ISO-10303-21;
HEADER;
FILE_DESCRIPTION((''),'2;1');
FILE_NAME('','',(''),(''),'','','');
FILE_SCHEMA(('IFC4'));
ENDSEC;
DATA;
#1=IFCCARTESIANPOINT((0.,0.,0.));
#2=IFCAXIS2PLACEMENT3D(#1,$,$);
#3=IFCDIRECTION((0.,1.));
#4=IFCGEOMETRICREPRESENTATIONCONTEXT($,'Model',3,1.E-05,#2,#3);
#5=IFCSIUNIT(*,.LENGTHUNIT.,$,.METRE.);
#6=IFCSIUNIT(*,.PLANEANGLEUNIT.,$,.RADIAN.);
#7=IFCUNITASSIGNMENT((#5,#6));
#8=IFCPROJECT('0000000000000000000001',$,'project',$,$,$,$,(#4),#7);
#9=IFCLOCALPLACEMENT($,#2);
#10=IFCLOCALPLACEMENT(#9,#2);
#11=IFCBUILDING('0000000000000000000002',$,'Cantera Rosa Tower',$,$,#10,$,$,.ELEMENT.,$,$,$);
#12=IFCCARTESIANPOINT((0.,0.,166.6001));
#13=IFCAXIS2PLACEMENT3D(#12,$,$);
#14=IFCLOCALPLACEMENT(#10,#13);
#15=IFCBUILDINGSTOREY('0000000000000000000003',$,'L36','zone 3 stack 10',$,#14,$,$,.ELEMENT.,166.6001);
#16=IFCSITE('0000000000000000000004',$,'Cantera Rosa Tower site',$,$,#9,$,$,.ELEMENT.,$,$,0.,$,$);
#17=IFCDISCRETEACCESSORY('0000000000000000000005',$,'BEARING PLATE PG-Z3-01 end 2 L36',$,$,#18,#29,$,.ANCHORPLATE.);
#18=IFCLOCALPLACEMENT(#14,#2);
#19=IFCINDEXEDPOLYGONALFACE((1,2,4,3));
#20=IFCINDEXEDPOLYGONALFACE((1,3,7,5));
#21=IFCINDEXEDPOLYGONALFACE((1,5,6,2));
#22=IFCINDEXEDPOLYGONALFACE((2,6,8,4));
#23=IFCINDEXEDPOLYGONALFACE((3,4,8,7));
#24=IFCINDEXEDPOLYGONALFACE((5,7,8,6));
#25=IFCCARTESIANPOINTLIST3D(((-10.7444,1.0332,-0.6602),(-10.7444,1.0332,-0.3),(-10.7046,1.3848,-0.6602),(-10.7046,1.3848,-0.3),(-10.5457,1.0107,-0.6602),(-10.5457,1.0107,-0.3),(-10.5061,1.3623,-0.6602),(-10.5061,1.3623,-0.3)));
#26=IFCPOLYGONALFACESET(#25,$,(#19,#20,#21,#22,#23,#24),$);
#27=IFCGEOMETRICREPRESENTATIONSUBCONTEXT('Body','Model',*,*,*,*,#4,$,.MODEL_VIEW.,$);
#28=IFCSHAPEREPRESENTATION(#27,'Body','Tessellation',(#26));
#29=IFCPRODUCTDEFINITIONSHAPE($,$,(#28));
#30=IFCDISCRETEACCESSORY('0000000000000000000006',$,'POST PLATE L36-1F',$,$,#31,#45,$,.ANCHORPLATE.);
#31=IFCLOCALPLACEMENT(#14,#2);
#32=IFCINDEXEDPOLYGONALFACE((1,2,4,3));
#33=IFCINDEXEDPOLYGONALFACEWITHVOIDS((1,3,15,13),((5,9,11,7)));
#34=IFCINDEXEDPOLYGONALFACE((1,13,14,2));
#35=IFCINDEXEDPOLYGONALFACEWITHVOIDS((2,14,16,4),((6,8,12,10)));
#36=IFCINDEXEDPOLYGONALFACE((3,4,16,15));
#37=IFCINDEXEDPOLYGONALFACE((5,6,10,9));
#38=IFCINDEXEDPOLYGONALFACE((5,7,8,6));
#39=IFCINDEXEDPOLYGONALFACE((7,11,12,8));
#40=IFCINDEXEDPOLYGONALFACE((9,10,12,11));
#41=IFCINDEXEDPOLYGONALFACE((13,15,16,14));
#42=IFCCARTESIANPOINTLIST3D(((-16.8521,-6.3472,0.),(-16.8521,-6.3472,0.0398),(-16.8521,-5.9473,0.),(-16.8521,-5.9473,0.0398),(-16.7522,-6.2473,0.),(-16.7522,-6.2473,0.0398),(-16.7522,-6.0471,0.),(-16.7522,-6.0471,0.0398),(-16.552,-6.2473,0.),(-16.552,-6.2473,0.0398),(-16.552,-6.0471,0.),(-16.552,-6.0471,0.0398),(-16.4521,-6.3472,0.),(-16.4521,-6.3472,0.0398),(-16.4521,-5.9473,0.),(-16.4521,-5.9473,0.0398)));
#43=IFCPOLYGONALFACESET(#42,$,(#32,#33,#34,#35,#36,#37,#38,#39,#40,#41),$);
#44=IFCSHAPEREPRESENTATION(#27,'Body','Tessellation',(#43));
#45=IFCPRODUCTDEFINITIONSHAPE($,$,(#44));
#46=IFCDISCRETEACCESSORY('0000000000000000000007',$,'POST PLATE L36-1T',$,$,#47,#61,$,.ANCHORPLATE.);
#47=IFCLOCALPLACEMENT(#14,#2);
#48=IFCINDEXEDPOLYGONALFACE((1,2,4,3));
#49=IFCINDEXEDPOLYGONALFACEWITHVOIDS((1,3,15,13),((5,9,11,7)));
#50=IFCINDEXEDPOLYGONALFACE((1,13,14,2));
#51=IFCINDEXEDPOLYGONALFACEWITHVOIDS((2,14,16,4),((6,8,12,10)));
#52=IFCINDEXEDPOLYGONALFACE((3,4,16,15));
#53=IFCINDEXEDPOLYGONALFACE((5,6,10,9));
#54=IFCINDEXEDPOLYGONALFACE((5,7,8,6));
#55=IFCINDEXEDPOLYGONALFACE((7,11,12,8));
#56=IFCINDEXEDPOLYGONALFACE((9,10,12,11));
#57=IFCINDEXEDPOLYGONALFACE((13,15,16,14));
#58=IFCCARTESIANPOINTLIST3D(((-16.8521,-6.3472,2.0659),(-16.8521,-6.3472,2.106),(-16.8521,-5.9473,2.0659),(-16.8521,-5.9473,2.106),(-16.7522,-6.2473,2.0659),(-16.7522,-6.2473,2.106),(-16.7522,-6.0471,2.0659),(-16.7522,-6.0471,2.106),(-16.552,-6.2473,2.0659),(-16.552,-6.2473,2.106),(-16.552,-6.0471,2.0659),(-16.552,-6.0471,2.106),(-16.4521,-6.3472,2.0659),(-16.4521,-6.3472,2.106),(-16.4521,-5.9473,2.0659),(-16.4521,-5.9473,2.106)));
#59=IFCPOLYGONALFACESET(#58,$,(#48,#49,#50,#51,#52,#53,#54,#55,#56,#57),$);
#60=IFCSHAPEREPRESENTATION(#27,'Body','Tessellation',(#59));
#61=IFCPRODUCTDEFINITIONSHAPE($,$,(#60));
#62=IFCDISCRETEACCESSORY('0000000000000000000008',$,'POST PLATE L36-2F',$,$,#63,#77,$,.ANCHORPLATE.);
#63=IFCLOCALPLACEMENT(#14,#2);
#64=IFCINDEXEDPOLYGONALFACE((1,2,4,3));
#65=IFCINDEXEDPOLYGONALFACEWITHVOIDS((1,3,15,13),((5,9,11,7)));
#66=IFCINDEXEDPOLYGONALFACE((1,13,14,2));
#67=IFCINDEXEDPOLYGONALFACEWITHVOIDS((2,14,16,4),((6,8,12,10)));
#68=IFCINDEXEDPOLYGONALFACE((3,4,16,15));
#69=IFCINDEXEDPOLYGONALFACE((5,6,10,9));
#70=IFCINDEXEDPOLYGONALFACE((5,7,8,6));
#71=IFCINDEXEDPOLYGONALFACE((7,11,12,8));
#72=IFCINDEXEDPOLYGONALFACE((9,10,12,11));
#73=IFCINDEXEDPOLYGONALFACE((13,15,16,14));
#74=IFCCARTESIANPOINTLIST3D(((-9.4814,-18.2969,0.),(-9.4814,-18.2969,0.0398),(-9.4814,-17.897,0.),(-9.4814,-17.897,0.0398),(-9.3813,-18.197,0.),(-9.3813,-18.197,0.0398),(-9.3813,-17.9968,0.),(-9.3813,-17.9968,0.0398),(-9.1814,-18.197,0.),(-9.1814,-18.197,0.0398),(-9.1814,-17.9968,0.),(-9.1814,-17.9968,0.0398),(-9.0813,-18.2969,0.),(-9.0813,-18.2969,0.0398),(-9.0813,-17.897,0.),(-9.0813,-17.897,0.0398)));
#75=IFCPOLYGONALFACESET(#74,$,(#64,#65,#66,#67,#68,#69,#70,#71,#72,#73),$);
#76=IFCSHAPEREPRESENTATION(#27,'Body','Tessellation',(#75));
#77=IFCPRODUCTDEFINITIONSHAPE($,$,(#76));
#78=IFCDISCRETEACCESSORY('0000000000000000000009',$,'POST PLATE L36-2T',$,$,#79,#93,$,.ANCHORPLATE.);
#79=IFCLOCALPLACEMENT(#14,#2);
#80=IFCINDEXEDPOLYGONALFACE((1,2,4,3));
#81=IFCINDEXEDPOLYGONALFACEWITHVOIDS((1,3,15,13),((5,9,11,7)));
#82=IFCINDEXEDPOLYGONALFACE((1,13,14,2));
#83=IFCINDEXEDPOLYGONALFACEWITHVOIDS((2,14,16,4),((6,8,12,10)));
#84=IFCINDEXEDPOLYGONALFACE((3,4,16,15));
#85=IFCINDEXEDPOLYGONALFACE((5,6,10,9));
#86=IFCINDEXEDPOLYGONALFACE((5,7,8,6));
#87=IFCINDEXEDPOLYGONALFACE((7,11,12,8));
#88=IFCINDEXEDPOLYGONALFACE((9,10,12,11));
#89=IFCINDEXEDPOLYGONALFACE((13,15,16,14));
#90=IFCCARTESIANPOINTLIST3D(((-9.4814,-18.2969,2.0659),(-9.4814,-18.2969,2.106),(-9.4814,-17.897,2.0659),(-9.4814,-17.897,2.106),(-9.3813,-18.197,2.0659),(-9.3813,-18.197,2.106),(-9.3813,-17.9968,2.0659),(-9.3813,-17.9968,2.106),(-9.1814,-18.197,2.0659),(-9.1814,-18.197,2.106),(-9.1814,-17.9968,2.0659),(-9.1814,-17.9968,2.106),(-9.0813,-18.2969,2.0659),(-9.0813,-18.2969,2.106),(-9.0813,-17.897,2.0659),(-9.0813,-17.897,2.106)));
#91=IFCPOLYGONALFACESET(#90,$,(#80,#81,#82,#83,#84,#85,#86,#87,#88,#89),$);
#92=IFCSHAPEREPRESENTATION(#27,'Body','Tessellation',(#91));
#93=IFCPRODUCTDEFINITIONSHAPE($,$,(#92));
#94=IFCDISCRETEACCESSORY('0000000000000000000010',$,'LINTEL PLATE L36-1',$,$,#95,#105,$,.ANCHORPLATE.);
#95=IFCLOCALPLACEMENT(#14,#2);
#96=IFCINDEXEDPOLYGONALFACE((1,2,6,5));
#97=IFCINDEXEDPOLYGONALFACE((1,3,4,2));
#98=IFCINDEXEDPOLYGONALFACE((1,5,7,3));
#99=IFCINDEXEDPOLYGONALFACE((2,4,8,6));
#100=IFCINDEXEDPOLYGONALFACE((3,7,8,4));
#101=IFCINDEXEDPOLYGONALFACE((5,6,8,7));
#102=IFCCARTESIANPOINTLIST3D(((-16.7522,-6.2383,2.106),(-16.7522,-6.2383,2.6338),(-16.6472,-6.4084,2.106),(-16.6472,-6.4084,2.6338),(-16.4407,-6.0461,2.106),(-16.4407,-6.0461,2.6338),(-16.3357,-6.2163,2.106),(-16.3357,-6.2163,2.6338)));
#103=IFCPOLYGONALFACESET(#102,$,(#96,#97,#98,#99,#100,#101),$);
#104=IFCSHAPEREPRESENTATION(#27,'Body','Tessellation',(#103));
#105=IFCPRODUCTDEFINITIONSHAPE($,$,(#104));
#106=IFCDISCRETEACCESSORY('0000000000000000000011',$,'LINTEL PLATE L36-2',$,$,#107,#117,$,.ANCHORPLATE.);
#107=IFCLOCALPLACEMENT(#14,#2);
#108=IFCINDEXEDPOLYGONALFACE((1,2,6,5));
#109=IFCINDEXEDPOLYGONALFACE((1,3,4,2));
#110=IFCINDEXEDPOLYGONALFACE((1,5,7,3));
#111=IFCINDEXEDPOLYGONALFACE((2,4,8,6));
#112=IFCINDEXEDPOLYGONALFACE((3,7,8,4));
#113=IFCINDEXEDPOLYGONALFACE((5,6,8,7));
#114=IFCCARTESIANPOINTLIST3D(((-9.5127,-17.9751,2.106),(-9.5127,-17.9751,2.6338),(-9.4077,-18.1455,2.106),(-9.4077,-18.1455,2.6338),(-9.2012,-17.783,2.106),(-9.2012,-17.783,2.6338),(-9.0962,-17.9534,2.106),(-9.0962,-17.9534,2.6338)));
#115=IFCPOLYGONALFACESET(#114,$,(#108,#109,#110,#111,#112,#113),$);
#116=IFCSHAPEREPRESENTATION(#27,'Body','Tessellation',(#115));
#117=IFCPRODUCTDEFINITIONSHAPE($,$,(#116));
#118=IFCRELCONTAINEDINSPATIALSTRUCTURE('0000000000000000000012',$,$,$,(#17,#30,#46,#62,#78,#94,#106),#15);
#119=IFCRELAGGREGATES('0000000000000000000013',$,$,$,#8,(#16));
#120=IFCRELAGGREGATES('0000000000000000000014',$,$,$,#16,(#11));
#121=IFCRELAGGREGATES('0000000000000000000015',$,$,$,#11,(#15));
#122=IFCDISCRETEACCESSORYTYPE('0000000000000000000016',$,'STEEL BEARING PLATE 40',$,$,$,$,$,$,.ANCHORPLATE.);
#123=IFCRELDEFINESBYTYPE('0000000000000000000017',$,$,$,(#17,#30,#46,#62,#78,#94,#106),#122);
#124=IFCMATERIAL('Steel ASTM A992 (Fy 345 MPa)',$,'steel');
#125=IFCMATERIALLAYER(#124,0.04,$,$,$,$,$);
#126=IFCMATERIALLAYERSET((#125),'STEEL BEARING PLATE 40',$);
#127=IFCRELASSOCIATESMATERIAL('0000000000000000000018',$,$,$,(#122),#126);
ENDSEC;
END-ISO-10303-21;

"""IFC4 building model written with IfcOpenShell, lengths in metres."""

from ifc_helpers import new_model, si_unit, direction, frame, origin, place, context, subcontext, project, spatial, polyline, outline, extrude, material, layer, layer_set, type_object, element, save


model = new_model("IFC4")

# Units and contexts
model_context = context("Model", 3, precision=1e-05, world=origin(), true_north=direction((0.0, 1.0)))
body_context = subcontext(model_context, "Body", "Model", "MODEL_VIEW")
ifc_project = project(units=[si_unit("LENGTHUNIT", "METRE"), si_unit("PLANEANGLEUNIT", "RADIAN")], contexts=[model_context])

# Site, building, storey
site_placement = place(None, origin())
site = spatial("IfcSite", under=ifc_project, at=site_placement, Name="Cantera Rosa Tower site", CompositionType="ELEMENT", RefElevation=0.0)
building_placement = place(site_placement, origin())
building = spatial("IfcBuilding", under=site, at=building_placement, Name="Cantera Rosa Tower", CompositionType="ELEMENT")
storey_placement = place(building_placement, frame((0.0, 0.0, 166.6001)))
storey = spatial("IfcBuildingStorey", under=building, at=storey_placement, Name="L36", Description="zone 3 stack 10", CompositionType="ELEMENT", Elevation=166.6001)

# Discrete accessories
ifc_material_1 = material(Name="Steel ASTM A992 (Fy 345 MPa)", Category="steel")
ifc_layer_1 = layer(ifc_material_1, 0.04)
ifc_layer_set_1 = layer_set([ifc_layer_1], Name="STEEL BEARING PLATE 40")
discrete_accessory_type = type_object("IfcDiscreteAccessoryType", Name="STEEL BEARING PLATE 40", PredefinedType="ANCHORPLATE", material=ifc_layer_set_1)
discrete_accessory_1_placement = place(storey_placement, frame((0.0, 0.0, -0.6602)))
element("IfcDiscreteAccessory", 1, at=discrete_accessory_1_placement, inside=storey, type_object=discrete_accessory_type, Name="BEARING PLATE PG-Z3-01 end 2 L36", PredefinedType="ANCHORPLATE", context=body_context, shape_type="SweptSolid", body=[
    extrude(outline(polyline([(-10.7444, 1.0332), (-10.5457, 1.0107), (-10.5061, 1.3623), (-10.7046, 1.3848), (-10.7444, 1.0332)])), origin(), (0.0, 0.0, 1.0), 0.3601),
])
discrete_accessory_2_placement = place(storey_placement, origin())
element("IfcDiscreteAccessory", 2, at=discrete_accessory_2_placement, inside=storey, type_object=discrete_accessory_type, Name="POST PLATE L36-1F", PredefinedType="ANCHORPLATE", context=body_context, shape_type="SweptSolid", body=[
    extrude(outline(polyline([(-16.8521, -6.3472), (-16.4521, -6.3472), (-16.4521, -5.9473), (-16.8521, -5.9473), (-16.8521, -6.3472)]), holes=[polyline([(-16.7522, -6.2473), (-16.552, -6.2473), (-16.552, -6.0471), (-16.7522, -6.0471), (-16.7522, -6.2473)])]), origin(), (0.0, 0.0, 1.0), 0.0398),
])
discrete_accessory_3_placement = place(storey_placement, frame((0.0, 0.0, 2.0659)))
element("IfcDiscreteAccessory", 3, at=discrete_accessory_3_placement, inside=storey, type_object=discrete_accessory_type, Name="POST PLATE L36-1T", PredefinedType="ANCHORPLATE", context=body_context, shape_type="SweptSolid", body=[
    extrude(outline(polyline([(-16.8521, -6.3472), (-16.4521, -6.3472), (-16.4521, -5.9473), (-16.8521, -5.9473), (-16.8521, -6.3472)]), holes=[polyline([(-16.7522, -6.2473), (-16.552, -6.2473), (-16.552, -6.0471), (-16.7522, -6.0471), (-16.7522, -6.2473)])]), origin(), (0.0, 0.0, 1.0), 0.04),
])
discrete_accessory_4_placement = place(storey_placement, origin())
element("IfcDiscreteAccessory", 4, at=discrete_accessory_4_placement, inside=storey, type_object=discrete_accessory_type, Name="POST PLATE L36-2F", PredefinedType="ANCHORPLATE", context=body_context, shape_type="SweptSolid", body=[
    extrude(outline(polyline([(-9.4814, -18.2969), (-9.0813, -18.2969), (-9.0813, -17.897), (-9.4814, -17.897), (-9.4814, -18.2969)]), holes=[polyline([(-9.3813, -18.197), (-9.1814, -18.197), (-9.1814, -17.9968), (-9.3813, -17.9968), (-9.3813, -18.197)])]), origin(), (0.0, 0.0, 1.0), 0.0398),
])
discrete_accessory_5_placement = place(storey_placement, frame((0.0, 0.0, 2.0659)))
element("IfcDiscreteAccessory", 5, at=discrete_accessory_5_placement, inside=storey, type_object=discrete_accessory_type, Name="POST PLATE L36-2T", PredefinedType="ANCHORPLATE", context=body_context, shape_type="SweptSolid", body=[
    extrude(outline(polyline([(-9.4814, -18.2969), (-9.0813, -18.2969), (-9.0813, -17.897), (-9.4814, -17.897), (-9.4814, -18.2969)]), holes=[polyline([(-9.3813, -18.197), (-9.1814, -18.197), (-9.1814, -17.9968), (-9.3813, -17.9968), (-9.3813, -18.197)])]), origin(), (0.0, 0.0, 1.0), 0.04),
])
discrete_accessory_6_placement = place(storey_placement, frame((0.0, 0.0, 2.106)))
element("IfcDiscreteAccessory", 6, at=discrete_accessory_6_placement, inside=storey, type_object=discrete_accessory_type, Name="LINTEL PLATE L36-1", PredefinedType="ANCHORPLATE", context=body_context, shape_type="SweptSolid", body=[
    extrude(outline(polyline([(-16.3357, -6.2163), (-16.4407, -6.0461), (-16.7522, -6.2383), (-16.6472, -6.4084), (-16.3357, -6.2163)])), origin(), (0.0, 0.0, 1.0), 0.5278),
])
discrete_accessory_7_placement = place(storey_placement, frame((0.0, 0.0, 2.106)))
element("IfcDiscreteAccessory", 7, at=discrete_accessory_7_placement, inside=storey, type_object=discrete_accessory_type, Name="LINTEL PLATE L36-2", PredefinedType="ANCHORPLATE", context=body_context, shape_type="SweptSolid", body=[
    extrude(outline(polyline([(-9.5127, -17.9751), (-9.4077, -18.1455), (-9.0962, -17.9534), (-9.2012, -17.783), (-9.5127, -17.9751)])), origin(), (0.0, 0.0, 1.0), 0.5278),
])

save(model, "model.ifc")
